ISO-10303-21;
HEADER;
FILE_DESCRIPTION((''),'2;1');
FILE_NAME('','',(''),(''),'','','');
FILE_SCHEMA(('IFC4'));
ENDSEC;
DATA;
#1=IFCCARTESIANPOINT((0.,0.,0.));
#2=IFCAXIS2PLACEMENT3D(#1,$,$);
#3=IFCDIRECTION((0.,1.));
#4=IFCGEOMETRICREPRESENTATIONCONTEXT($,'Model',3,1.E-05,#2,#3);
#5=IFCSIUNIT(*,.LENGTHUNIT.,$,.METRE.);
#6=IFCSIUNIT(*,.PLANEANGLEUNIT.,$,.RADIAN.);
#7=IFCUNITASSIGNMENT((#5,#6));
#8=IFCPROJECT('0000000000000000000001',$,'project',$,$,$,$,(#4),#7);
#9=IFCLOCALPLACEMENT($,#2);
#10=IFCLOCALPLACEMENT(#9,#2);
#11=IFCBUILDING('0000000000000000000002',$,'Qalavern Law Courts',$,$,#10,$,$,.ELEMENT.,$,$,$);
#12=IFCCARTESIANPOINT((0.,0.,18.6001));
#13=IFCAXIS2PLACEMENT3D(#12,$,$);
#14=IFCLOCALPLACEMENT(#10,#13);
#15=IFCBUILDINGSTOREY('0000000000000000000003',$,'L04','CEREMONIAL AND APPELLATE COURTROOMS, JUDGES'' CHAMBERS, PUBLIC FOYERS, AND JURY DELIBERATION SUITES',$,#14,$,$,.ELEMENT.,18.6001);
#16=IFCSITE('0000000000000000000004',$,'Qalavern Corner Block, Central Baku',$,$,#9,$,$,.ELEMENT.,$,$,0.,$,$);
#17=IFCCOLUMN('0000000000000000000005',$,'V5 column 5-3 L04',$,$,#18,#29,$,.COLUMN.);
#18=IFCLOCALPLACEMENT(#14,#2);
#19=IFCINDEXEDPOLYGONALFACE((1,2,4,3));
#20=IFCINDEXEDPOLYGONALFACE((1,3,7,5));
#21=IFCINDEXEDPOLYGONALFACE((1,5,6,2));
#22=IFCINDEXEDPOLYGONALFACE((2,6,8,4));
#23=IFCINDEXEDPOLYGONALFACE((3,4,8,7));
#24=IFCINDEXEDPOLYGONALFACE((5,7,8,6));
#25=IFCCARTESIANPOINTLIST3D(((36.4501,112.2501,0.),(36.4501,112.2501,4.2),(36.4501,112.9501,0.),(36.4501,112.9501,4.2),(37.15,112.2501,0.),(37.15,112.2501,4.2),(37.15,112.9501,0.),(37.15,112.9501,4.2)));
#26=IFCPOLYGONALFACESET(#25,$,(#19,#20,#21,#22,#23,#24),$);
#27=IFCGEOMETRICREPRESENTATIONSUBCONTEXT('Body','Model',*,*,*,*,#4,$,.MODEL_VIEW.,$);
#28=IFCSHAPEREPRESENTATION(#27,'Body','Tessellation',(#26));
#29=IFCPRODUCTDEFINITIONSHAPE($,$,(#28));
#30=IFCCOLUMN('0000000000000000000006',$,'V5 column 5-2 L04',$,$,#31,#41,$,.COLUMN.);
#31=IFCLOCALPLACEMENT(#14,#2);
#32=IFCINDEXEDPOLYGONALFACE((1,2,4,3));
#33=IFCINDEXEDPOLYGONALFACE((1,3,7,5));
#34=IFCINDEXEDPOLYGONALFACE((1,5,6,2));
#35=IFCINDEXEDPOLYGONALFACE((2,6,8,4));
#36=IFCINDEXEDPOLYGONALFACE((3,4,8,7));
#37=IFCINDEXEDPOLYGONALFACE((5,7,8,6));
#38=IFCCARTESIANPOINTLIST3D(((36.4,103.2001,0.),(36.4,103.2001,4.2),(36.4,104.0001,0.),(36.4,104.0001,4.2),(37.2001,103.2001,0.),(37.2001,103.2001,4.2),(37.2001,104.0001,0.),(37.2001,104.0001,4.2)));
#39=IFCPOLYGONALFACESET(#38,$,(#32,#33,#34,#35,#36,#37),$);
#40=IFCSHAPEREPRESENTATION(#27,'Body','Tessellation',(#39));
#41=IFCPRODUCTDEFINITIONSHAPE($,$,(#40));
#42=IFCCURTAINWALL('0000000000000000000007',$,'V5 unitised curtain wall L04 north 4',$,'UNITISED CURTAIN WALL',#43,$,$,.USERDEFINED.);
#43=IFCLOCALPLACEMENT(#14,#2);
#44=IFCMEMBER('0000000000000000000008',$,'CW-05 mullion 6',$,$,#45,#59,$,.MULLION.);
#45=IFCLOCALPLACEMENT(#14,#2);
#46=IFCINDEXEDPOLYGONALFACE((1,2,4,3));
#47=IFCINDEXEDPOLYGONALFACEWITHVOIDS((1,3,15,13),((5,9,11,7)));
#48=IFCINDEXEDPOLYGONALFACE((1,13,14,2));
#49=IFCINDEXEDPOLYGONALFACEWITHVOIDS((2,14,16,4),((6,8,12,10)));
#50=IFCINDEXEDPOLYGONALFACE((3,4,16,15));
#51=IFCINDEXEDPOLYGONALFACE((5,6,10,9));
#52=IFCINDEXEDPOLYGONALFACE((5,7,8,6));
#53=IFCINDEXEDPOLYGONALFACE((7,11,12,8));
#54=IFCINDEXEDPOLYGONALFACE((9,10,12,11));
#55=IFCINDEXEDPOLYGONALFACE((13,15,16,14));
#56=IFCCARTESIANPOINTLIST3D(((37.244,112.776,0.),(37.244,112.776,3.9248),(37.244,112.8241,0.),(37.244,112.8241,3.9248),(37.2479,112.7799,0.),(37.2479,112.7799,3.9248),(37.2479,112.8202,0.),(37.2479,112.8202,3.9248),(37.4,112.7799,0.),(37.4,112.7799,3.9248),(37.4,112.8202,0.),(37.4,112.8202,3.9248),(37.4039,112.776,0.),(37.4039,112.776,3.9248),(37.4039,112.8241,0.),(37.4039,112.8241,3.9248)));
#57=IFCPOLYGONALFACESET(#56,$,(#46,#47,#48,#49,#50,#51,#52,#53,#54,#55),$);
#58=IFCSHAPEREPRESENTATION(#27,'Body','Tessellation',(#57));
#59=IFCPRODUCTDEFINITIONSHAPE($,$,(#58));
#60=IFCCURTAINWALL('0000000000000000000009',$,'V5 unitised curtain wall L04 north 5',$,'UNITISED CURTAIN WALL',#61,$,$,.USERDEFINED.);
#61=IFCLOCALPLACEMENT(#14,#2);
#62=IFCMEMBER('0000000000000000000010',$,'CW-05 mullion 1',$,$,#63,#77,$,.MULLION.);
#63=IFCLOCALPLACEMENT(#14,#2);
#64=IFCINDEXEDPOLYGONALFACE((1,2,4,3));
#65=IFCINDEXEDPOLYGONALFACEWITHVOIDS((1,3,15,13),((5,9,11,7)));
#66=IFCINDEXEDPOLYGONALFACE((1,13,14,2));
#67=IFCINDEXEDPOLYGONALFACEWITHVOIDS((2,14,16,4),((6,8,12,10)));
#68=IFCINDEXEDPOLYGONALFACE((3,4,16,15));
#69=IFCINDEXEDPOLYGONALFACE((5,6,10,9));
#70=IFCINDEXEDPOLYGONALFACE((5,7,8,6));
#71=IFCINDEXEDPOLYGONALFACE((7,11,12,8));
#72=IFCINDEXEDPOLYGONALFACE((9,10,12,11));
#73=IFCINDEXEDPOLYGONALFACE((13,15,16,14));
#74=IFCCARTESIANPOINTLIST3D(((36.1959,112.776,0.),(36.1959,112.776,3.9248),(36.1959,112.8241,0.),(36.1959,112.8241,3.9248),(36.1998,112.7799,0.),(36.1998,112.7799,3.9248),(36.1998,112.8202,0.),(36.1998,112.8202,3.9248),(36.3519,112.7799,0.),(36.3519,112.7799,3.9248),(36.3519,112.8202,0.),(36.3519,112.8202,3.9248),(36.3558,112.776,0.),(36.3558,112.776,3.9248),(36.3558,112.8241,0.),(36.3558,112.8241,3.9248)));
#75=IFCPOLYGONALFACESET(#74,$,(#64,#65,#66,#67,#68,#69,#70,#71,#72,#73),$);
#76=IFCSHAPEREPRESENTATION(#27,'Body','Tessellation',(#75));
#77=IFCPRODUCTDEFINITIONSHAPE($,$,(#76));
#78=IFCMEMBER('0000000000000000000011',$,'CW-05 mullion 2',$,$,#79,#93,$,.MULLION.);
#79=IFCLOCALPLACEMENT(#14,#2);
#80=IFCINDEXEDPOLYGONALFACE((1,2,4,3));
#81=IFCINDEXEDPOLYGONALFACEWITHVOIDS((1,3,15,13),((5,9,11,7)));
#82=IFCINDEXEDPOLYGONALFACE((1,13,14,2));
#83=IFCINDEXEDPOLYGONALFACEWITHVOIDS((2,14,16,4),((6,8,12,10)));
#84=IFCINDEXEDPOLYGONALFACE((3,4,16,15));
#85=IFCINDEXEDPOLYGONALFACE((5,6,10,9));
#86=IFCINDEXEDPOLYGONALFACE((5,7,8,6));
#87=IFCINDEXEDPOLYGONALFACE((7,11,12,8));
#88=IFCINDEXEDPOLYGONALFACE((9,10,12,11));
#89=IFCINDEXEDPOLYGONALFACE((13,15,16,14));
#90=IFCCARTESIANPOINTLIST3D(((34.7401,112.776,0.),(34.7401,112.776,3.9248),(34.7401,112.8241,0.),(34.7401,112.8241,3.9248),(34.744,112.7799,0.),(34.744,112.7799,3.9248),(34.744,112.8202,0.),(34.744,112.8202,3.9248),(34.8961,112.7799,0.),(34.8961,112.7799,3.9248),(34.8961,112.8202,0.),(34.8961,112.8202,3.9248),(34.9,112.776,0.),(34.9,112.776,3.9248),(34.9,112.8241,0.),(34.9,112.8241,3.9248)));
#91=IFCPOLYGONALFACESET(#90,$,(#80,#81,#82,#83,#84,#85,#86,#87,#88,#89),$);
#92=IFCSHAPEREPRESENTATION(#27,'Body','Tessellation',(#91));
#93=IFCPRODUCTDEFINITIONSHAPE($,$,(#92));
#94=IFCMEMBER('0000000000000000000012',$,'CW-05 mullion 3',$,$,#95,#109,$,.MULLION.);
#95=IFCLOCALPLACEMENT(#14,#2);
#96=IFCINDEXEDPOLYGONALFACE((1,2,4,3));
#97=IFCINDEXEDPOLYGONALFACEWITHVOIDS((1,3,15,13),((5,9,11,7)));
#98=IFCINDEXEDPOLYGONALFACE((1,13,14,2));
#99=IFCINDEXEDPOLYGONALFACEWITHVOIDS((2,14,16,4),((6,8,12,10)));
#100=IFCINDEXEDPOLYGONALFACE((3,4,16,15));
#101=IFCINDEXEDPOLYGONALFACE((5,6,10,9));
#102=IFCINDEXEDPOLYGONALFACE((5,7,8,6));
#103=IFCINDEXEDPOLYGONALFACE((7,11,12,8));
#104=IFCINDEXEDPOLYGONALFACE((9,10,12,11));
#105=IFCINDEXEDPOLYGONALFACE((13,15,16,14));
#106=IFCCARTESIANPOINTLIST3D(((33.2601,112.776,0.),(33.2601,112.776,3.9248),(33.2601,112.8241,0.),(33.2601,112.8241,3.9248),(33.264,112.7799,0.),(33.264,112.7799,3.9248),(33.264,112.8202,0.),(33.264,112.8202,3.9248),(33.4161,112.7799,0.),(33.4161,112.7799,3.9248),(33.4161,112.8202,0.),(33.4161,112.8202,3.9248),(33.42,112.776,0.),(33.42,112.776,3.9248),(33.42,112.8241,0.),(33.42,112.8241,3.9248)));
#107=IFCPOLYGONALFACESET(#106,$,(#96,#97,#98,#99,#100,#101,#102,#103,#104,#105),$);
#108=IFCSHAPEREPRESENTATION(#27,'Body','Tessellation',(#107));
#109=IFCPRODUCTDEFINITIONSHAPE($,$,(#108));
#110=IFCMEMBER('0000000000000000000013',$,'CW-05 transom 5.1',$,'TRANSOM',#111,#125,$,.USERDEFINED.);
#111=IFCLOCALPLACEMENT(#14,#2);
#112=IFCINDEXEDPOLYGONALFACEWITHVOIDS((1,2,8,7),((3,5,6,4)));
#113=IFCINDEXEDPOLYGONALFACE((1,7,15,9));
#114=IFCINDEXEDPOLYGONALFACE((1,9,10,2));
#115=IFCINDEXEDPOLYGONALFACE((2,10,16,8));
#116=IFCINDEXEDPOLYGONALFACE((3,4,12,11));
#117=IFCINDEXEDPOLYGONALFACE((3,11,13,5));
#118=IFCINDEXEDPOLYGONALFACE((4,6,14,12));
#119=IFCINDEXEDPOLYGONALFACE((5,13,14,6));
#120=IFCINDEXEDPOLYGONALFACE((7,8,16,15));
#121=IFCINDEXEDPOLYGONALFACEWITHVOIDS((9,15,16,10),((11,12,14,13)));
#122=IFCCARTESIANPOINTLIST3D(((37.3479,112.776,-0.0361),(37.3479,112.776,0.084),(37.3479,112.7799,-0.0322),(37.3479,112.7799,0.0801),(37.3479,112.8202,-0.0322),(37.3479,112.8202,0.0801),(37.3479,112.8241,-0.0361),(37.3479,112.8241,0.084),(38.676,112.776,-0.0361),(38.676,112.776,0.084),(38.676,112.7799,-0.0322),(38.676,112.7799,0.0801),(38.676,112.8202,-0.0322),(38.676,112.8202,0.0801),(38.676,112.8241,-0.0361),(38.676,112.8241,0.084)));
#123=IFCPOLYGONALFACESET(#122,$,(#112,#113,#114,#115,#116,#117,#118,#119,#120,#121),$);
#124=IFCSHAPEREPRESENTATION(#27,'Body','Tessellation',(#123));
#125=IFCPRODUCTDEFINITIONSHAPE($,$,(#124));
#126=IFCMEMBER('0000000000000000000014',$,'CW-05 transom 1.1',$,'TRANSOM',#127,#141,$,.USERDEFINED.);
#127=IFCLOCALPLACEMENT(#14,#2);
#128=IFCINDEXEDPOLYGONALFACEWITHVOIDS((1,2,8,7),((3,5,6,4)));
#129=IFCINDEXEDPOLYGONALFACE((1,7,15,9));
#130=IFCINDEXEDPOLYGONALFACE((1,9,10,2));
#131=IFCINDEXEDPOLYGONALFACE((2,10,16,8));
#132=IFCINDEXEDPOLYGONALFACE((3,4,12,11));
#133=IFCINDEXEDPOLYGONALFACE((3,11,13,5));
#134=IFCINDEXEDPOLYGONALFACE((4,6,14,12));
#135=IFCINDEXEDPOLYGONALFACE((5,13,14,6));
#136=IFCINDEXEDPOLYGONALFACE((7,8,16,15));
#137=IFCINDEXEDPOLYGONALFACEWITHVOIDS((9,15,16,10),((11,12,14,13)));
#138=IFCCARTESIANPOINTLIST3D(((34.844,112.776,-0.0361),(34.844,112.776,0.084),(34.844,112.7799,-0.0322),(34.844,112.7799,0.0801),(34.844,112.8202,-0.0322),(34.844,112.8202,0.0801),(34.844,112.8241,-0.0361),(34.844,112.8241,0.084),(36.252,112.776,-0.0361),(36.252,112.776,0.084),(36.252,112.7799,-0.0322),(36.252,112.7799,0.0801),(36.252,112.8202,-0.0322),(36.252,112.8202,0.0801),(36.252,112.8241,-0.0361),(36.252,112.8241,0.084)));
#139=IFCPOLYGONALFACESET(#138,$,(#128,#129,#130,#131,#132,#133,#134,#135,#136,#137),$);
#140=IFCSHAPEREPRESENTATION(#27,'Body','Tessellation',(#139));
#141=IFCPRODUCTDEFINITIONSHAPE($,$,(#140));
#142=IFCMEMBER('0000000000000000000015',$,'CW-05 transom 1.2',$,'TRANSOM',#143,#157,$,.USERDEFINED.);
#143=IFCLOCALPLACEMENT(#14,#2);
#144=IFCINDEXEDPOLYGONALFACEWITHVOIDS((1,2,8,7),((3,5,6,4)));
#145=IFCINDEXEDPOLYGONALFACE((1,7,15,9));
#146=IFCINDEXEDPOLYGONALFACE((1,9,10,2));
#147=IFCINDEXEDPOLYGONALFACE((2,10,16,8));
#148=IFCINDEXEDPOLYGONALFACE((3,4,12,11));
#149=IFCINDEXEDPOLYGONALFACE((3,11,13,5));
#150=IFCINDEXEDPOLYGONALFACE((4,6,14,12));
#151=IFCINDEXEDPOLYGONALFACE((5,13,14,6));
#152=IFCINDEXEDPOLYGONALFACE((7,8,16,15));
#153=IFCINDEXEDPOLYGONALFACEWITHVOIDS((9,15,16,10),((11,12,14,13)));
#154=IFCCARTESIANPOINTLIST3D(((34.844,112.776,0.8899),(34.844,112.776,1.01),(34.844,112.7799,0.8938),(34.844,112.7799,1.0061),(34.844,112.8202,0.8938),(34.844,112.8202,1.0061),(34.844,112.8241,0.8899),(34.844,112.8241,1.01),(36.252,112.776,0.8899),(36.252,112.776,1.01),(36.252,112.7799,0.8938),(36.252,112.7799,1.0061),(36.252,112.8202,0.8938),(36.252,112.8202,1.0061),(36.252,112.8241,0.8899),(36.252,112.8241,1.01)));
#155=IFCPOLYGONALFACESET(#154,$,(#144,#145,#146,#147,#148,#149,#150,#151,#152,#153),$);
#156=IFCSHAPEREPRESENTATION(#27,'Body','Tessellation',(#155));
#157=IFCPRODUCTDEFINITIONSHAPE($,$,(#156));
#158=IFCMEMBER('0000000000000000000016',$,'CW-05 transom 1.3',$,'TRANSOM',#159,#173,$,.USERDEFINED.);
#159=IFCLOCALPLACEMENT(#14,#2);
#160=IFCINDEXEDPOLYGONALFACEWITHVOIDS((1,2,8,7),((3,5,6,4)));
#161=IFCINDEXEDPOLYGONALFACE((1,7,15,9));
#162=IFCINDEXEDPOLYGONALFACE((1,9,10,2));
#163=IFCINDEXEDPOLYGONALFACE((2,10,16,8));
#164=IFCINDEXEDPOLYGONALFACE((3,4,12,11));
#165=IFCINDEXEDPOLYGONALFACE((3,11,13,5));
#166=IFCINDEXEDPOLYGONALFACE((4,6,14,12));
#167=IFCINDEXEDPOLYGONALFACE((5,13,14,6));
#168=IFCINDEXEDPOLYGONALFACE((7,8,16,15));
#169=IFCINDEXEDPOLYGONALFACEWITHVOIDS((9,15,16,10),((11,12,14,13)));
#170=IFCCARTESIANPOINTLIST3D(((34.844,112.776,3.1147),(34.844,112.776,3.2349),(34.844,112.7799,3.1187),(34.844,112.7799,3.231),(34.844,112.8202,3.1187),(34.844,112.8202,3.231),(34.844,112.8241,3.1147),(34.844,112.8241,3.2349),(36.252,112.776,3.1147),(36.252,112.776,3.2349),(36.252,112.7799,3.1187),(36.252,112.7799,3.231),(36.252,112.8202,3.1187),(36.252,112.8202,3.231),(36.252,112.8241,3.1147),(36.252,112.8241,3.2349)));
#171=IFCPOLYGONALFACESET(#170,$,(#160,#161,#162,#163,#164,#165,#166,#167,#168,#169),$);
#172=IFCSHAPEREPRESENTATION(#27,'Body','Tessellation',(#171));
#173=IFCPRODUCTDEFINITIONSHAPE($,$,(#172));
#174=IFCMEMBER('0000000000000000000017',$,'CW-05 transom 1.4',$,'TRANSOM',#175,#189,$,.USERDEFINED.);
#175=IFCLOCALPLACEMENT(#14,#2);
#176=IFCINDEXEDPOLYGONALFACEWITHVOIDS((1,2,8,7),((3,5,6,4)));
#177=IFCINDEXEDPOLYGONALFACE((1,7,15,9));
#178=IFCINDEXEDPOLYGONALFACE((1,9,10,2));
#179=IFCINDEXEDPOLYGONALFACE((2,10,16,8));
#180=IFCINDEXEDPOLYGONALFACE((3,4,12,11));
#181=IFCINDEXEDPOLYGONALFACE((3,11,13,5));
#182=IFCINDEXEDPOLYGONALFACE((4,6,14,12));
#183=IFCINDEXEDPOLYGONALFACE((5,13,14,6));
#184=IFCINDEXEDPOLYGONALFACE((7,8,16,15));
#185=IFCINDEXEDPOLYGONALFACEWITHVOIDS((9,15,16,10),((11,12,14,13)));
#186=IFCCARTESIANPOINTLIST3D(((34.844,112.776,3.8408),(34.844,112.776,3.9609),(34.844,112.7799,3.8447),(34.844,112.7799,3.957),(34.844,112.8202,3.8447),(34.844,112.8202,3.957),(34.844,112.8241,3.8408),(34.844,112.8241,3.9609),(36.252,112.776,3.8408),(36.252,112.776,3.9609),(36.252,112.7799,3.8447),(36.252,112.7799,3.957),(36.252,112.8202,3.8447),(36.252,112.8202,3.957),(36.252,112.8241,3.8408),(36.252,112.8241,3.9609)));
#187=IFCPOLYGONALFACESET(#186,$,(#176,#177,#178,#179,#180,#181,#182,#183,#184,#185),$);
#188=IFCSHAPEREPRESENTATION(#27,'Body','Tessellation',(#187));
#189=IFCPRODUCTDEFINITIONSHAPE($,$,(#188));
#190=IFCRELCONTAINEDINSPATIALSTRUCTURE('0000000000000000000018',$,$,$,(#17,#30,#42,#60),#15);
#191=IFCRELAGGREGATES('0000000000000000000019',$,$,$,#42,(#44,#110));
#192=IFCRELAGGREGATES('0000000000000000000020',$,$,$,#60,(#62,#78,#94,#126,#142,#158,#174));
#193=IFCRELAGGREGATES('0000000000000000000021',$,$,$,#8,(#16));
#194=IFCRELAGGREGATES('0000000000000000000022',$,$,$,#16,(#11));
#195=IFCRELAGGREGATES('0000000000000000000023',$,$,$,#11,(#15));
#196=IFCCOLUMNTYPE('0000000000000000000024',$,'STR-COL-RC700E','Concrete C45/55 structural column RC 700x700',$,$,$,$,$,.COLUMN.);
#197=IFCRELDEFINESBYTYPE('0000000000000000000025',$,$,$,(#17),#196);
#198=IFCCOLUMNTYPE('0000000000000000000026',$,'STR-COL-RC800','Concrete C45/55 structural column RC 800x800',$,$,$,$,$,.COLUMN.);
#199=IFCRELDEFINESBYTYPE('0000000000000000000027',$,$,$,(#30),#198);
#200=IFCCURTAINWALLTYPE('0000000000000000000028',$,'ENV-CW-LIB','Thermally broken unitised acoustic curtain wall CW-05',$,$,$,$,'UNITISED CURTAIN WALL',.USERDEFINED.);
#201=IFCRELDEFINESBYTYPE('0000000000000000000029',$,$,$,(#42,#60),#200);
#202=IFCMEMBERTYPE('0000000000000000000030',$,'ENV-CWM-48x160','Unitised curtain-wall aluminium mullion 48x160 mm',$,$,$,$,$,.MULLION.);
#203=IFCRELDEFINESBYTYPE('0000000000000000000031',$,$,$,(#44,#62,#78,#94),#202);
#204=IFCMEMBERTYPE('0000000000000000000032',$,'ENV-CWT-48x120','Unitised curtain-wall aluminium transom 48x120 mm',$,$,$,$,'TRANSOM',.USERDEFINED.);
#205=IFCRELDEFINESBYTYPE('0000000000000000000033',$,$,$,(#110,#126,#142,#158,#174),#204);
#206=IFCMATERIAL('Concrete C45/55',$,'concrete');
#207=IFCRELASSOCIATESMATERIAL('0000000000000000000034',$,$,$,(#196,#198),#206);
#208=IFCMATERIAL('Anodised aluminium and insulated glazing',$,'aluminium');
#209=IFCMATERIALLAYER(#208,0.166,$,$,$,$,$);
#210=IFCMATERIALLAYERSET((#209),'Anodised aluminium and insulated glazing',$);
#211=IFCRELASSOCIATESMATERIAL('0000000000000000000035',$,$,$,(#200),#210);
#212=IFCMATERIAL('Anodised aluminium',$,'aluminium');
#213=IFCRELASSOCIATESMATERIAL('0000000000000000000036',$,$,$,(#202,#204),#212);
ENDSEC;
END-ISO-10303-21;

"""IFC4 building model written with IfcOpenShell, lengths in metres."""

from ifc_helpers import new_model, si_unit, direction, frame, origin, origin_2d, place, context, subcontext, project, spatial, rectangle, hollow_rectangle, extrude, material, layer, layer_set, material_profile, profile_set, type_object, element, aggregate, save


model = new_model("IFC4")

# Units and contexts
model_context = context("Model", 3, precision=1e-05, world=origin(), true_north=direction((0.0, 1.0)))
body_context = subcontext(model_context, "Body", "Model", "MODEL_VIEW")
ifc_project = project(units=[si_unit("LENGTHUNIT", "METRE"), si_unit("PLANEANGLEUNIT", "RADIAN")], contexts=[model_context])

# Site, building, storey
site_placement = place(None, origin())
site = spatial("IfcSite", under=ifc_project, at=site_placement, Name="Qalavern Corner Block, Central Baku", CompositionType="ELEMENT", RefElevation=0.0)
building_placement = place(site_placement, origin())
building = spatial("IfcBuilding", under=site, at=building_placement, Name="Qalavern Law Courts", CompositionType="ELEMENT")
storey_placement = place(building_placement, frame((0.0, 0.0, 18.6001)))
storey = spatial("IfcBuildingStorey", under=building, at=storey_placement, Name="L04", Description="CEREMONIAL AND APPELLATE COURTROOMS, JUDGES' CHAMBERS, PUBLIC FOYERS, AND JURY DELIBERATION SUITES", CompositionType="ELEMENT", Elevation=18.6001)

# Columns
ifc_material_1 = material(Name="Concrete C45/55", Category="concrete")
ifc_material_profile_1 = material_profile(ifc_material_1, rectangle(XDim=0.7, YDim=0.7, at=origin_2d()), Name="RC 700x700")
ifc_profile_set_1 = profile_set([ifc_material_profile_1], Name="Concrete C45/55")
column_type_1 = type_object("IfcColumnType", Name="STR-COL-RC700E", Description="Concrete C45/55 structural column RC 700x700", PredefinedType="COLUMN", material=ifc_profile_set_1)
column_1_placement = place(storey_placement, frame((36.8, 112.6001, 0.0), z_axis=(0.0, 0.0, 1.0), x_axis=(1.0, 0.0, 0.0)))
element("IfcColumn", 1, at=column_1_placement, inside=storey, type_object=column_type_1, Name="V5 column 5-3 L04", PredefinedType="COLUMN", context=body_context, shape_type="SweptSolid", body=[
    extrude(rectangle(XDim=0.7, YDim=0.7, at=origin_2d()), origin(), (0.0, 0.0, 1.0), 4.2),
])
ifc_material_profile_2 = material_profile(ifc_material_1, rectangle(XDim=0.8, YDim=0.8, at=origin_2d()), Name="RC 800x800")
ifc_profile_set_2 = profile_set([ifc_material_profile_2], Name="Concrete C45/55")
column_type_2 = type_object("IfcColumnType", Name="STR-COL-RC800", Description="Concrete C45/55 structural column RC 800x800", PredefinedType="COLUMN", material=ifc_profile_set_2)
column_2_placement = place(storey_placement, frame((36.8, 103.6001, 0.0), z_axis=(0.0, 0.0, 1.0), x_axis=(1.0, 0.0, 0.0)))
element("IfcColumn", 2, at=column_2_placement, inside=storey, type_object=column_type_2, Name="V5 column 5-2 L04", PredefinedType="COLUMN", context=body_context, shape_type="SweptSolid", body=[
    extrude(rectangle(XDim=0.8, YDim=0.8, at=origin_2d()), origin(), (0.0, 0.0, 1.0), 4.2),
])

# Curtain wall, member
ifc_material_2 = material(Name="Anodised aluminium and insulated glazing", Category="aluminium")
ifc_layer_1 = layer(ifc_material_2, 0.166)
ifc_layer_set_1 = layer_set([ifc_layer_1], Name="Anodised aluminium and insulated glazing")
curtain_wall_type = type_object("IfcCurtainWallType", Name="ENV-CW-LIB", Description="Thermally broken unitised acoustic curtain wall CW-05", ElementType="UNITISED CURTAIN WALL", PredefinedType="USERDEFINED", material=ifc_layer_set_1)
curtain_wall_1_placement = place(storey_placement, origin())
curtain_wall_1 = element("IfcCurtainWall", 3, at=curtain_wall_1_placement, inside=storey, type_object=curtain_wall_type, Name="V5 unitised curtain wall L04 north 4", ObjectType="UNITISED CURTAIN WALL", PredefinedType="USERDEFINED")
ifc_material_3 = material(Name="Anodised aluminium", Category="aluminium")
ifc_material_profile_3 = material_profile(ifc_material_3, hollow_rectangle(XDim=0.0481, YDim=0.1599, WallThickness=0.0039, at=origin_2d()), Name="ALU MULLION 48x160")
ifc_profile_set_3 = profile_set([ifc_material_profile_3], Name="Anodised aluminium")
member_type_1 = type_object("IfcMemberType", Name="ENV-CWM-48x160", Description="Unitised curtain-wall aluminium mullion 48x160 mm", PredefinedType="MULLION", material=ifc_profile_set_3)
member_1_placement = place(storey_placement, frame((37.324, 112.8, 0.0), z_axis=(0.0, 0.0, 1.0), x_axis=(0.0, -1.0, 0.0)))
member_1 = element("IfcMember", 4, at=member_1_placement, type_object=member_type_1, Name="CW-05 mullion 6", PredefinedType="MULLION", context=body_context, shape_type="SweptSolid", body=[
    extrude(hollow_rectangle(XDim=0.0481, YDim=0.1599, WallThickness=0.0039, at=origin_2d()), origin(), (0.0, 0.0, 1.0), 3.9248),
])

# Curtain wall, members
curtain_wall_2_placement = place(storey_placement, origin())
curtain_wall_2 = element("IfcCurtainWall", 5, at=curtain_wall_2_placement, inside=storey, type_object=curtain_wall_type, Name="V5 unitised curtain wall L04 north 5", ObjectType="UNITISED CURTAIN WALL", PredefinedType="USERDEFINED")
member_2_placement = place(storey_placement, frame((36.2759, 112.8, 0.0), z_axis=(0.0, 0.0, 1.0), x_axis=(0.0, -1.0, 0.0)))
member_2 = element("IfcMember", 6, at=member_2_placement, type_object=member_type_1, Name="CW-05 mullion 1", PredefinedType="MULLION", context=body_context, shape_type="SweptSolid", body=[
    extrude(hollow_rectangle(XDim=0.0481, YDim=0.1599, WallThickness=0.0039, at=origin_2d()), origin(), (0.0, 0.0, 1.0), 3.9248),
])
member_3_placement = place(storey_placement, frame((34.8201, 112.8, 0.0), z_axis=(0.0, 0.0, 1.0), x_axis=(0.0, -1.0, 0.0)))
member_3 = element("IfcMember", 7, at=member_3_placement, type_object=member_type_1, Name="CW-05 mullion 2", PredefinedType="MULLION", context=body_context, shape_type="SweptSolid", body=[
    extrude(hollow_rectangle(XDim=0.0481, YDim=0.1599, WallThickness=0.0039, at=origin_2d()), origin(), (0.0, 0.0, 1.0), 3.9248),
])
member_4_placement = place(storey_placement, frame((33.3401, 112.8, 0.0), z_axis=(0.0, 0.0, 1.0), x_axis=(0.0, -1.0, 0.0)))
member_4 = element("IfcMember", 8, at=member_4_placement, type_object=member_type_1, Name="CW-05 mullion 3", PredefinedType="MULLION", context=body_context, shape_type="SweptSolid", body=[
    extrude(hollow_rectangle(XDim=0.0481, YDim=0.1599, WallThickness=0.0039, at=origin_2d()), origin(), (0.0, 0.0, 1.0), 3.9248),
])

# Members
ifc_material_profile_4 = material_profile(ifc_material_3, hollow_rectangle(XDim=0.0481, YDim=0.1201, WallThickness=0.0039, at=origin_2d()), Name="ALU TRANSOM 48x120")
ifc_profile_set_4 = profile_set([ifc_material_profile_4], Name="Anodised aluminium")
member_type_2 = type_object("IfcMemberType", Name="ENV-CWT-48x120", Description="Unitised curtain-wall aluminium transom 48x120 mm", ElementType="TRANSOM", PredefinedType="USERDEFINED", material=ifc_profile_set_4)
member_5_placement = place(storey_placement, frame((38.676, 112.8, 0.0239), z_axis=(-1.0, 0.0, 0.0), x_axis=(0.0, -1.0, 0.0)))
member_5 = element("IfcMember", 9, at=member_5_placement, type_object=member_type_2, Name="CW-05 transom 5.1", ObjectType="TRANSOM", PredefinedType="USERDEFINED", context=body_context, shape_type="SweptSolid", body=[
    extrude(hollow_rectangle(XDim=0.0481, YDim=0.1201, WallThickness=0.0039, at=origin_2d()), origin(), (0.0, 0.0, 1.0), 1.3281),
])
member_6_placement = place(storey_placement, frame((36.252, 112.8, 0.0239), z_axis=(-1.0, 0.0, 0.0), x_axis=(0.0, -1.0, 0.0)))
member_6 = element("IfcMember", 10, at=member_6_placement, type_object=member_type_2, Name="CW-05 transom 1.1", ObjectType="TRANSOM", PredefinedType="USERDEFINED", context=body_context, shape_type="SweptSolid", body=[
    extrude(hollow_rectangle(XDim=0.0481, YDim=0.1201, WallThickness=0.0039, at=origin_2d()), origin(), (0.0, 0.0, 1.0), 1.408),
])
member_7_placement = place(storey_placement, frame((36.252, 112.8, 0.95), z_axis=(-1.0, 0.0, 0.0), x_axis=(0.0, -1.0, 0.0)))
member_7 = element("IfcMember", 11, at=member_7_placement, type_object=member_type_2, Name="CW-05 transom 1.2", ObjectType="TRANSOM", PredefinedType="USERDEFINED", context=body_context, shape_type="SweptSolid", body=[
    extrude(hollow_rectangle(XDim=0.0481, YDim=0.1201, WallThickness=0.0039, at=origin_2d()), origin(), (0.0, 0.0, 1.0), 1.408),
])
member_8_placement = place(storey_placement, frame((36.252, 112.8, 3.1748), z_axis=(-1.0, 0.0, 0.0), x_axis=(0.0, -1.0, 0.0)))
member_8 = element("IfcMember", 12, at=member_8_placement, type_object=member_type_2, Name="CW-05 transom 1.3", ObjectType="TRANSOM", PredefinedType="USERDEFINED", context=body_context, shape_type="SweptSolid", body=[
    extrude(hollow_rectangle(XDim=0.0481, YDim=0.1201, WallThickness=0.0039, at=origin_2d()), origin(), (0.0, 0.0, 1.0), 1.408),
])
member_9_placement = place(storey_placement, frame((36.252, 112.8, 3.9009), z_axis=(-1.0, 0.0, 0.0), x_axis=(0.0, -1.0, 0.0)))
member_9 = element("IfcMember", 13, at=member_9_placement, type_object=member_type_2, Name="CW-05 transom 1.4", ObjectType="TRANSOM", PredefinedType="USERDEFINED", context=body_context, shape_type="SweptSolid", body=[
    extrude(hollow_rectangle(XDim=0.0481, YDim=0.1201, WallThickness=0.0039, at=origin_2d()), origin(), (0.0, 0.0, 1.0), 1.408),
])

aggregate(curtain_wall_1, [member_1, member_5])
aggregate(curtain_wall_2, [member_2, member_3, member_4, member_6, member_7, member_8, member_9])

save(model, "model.ifc")
